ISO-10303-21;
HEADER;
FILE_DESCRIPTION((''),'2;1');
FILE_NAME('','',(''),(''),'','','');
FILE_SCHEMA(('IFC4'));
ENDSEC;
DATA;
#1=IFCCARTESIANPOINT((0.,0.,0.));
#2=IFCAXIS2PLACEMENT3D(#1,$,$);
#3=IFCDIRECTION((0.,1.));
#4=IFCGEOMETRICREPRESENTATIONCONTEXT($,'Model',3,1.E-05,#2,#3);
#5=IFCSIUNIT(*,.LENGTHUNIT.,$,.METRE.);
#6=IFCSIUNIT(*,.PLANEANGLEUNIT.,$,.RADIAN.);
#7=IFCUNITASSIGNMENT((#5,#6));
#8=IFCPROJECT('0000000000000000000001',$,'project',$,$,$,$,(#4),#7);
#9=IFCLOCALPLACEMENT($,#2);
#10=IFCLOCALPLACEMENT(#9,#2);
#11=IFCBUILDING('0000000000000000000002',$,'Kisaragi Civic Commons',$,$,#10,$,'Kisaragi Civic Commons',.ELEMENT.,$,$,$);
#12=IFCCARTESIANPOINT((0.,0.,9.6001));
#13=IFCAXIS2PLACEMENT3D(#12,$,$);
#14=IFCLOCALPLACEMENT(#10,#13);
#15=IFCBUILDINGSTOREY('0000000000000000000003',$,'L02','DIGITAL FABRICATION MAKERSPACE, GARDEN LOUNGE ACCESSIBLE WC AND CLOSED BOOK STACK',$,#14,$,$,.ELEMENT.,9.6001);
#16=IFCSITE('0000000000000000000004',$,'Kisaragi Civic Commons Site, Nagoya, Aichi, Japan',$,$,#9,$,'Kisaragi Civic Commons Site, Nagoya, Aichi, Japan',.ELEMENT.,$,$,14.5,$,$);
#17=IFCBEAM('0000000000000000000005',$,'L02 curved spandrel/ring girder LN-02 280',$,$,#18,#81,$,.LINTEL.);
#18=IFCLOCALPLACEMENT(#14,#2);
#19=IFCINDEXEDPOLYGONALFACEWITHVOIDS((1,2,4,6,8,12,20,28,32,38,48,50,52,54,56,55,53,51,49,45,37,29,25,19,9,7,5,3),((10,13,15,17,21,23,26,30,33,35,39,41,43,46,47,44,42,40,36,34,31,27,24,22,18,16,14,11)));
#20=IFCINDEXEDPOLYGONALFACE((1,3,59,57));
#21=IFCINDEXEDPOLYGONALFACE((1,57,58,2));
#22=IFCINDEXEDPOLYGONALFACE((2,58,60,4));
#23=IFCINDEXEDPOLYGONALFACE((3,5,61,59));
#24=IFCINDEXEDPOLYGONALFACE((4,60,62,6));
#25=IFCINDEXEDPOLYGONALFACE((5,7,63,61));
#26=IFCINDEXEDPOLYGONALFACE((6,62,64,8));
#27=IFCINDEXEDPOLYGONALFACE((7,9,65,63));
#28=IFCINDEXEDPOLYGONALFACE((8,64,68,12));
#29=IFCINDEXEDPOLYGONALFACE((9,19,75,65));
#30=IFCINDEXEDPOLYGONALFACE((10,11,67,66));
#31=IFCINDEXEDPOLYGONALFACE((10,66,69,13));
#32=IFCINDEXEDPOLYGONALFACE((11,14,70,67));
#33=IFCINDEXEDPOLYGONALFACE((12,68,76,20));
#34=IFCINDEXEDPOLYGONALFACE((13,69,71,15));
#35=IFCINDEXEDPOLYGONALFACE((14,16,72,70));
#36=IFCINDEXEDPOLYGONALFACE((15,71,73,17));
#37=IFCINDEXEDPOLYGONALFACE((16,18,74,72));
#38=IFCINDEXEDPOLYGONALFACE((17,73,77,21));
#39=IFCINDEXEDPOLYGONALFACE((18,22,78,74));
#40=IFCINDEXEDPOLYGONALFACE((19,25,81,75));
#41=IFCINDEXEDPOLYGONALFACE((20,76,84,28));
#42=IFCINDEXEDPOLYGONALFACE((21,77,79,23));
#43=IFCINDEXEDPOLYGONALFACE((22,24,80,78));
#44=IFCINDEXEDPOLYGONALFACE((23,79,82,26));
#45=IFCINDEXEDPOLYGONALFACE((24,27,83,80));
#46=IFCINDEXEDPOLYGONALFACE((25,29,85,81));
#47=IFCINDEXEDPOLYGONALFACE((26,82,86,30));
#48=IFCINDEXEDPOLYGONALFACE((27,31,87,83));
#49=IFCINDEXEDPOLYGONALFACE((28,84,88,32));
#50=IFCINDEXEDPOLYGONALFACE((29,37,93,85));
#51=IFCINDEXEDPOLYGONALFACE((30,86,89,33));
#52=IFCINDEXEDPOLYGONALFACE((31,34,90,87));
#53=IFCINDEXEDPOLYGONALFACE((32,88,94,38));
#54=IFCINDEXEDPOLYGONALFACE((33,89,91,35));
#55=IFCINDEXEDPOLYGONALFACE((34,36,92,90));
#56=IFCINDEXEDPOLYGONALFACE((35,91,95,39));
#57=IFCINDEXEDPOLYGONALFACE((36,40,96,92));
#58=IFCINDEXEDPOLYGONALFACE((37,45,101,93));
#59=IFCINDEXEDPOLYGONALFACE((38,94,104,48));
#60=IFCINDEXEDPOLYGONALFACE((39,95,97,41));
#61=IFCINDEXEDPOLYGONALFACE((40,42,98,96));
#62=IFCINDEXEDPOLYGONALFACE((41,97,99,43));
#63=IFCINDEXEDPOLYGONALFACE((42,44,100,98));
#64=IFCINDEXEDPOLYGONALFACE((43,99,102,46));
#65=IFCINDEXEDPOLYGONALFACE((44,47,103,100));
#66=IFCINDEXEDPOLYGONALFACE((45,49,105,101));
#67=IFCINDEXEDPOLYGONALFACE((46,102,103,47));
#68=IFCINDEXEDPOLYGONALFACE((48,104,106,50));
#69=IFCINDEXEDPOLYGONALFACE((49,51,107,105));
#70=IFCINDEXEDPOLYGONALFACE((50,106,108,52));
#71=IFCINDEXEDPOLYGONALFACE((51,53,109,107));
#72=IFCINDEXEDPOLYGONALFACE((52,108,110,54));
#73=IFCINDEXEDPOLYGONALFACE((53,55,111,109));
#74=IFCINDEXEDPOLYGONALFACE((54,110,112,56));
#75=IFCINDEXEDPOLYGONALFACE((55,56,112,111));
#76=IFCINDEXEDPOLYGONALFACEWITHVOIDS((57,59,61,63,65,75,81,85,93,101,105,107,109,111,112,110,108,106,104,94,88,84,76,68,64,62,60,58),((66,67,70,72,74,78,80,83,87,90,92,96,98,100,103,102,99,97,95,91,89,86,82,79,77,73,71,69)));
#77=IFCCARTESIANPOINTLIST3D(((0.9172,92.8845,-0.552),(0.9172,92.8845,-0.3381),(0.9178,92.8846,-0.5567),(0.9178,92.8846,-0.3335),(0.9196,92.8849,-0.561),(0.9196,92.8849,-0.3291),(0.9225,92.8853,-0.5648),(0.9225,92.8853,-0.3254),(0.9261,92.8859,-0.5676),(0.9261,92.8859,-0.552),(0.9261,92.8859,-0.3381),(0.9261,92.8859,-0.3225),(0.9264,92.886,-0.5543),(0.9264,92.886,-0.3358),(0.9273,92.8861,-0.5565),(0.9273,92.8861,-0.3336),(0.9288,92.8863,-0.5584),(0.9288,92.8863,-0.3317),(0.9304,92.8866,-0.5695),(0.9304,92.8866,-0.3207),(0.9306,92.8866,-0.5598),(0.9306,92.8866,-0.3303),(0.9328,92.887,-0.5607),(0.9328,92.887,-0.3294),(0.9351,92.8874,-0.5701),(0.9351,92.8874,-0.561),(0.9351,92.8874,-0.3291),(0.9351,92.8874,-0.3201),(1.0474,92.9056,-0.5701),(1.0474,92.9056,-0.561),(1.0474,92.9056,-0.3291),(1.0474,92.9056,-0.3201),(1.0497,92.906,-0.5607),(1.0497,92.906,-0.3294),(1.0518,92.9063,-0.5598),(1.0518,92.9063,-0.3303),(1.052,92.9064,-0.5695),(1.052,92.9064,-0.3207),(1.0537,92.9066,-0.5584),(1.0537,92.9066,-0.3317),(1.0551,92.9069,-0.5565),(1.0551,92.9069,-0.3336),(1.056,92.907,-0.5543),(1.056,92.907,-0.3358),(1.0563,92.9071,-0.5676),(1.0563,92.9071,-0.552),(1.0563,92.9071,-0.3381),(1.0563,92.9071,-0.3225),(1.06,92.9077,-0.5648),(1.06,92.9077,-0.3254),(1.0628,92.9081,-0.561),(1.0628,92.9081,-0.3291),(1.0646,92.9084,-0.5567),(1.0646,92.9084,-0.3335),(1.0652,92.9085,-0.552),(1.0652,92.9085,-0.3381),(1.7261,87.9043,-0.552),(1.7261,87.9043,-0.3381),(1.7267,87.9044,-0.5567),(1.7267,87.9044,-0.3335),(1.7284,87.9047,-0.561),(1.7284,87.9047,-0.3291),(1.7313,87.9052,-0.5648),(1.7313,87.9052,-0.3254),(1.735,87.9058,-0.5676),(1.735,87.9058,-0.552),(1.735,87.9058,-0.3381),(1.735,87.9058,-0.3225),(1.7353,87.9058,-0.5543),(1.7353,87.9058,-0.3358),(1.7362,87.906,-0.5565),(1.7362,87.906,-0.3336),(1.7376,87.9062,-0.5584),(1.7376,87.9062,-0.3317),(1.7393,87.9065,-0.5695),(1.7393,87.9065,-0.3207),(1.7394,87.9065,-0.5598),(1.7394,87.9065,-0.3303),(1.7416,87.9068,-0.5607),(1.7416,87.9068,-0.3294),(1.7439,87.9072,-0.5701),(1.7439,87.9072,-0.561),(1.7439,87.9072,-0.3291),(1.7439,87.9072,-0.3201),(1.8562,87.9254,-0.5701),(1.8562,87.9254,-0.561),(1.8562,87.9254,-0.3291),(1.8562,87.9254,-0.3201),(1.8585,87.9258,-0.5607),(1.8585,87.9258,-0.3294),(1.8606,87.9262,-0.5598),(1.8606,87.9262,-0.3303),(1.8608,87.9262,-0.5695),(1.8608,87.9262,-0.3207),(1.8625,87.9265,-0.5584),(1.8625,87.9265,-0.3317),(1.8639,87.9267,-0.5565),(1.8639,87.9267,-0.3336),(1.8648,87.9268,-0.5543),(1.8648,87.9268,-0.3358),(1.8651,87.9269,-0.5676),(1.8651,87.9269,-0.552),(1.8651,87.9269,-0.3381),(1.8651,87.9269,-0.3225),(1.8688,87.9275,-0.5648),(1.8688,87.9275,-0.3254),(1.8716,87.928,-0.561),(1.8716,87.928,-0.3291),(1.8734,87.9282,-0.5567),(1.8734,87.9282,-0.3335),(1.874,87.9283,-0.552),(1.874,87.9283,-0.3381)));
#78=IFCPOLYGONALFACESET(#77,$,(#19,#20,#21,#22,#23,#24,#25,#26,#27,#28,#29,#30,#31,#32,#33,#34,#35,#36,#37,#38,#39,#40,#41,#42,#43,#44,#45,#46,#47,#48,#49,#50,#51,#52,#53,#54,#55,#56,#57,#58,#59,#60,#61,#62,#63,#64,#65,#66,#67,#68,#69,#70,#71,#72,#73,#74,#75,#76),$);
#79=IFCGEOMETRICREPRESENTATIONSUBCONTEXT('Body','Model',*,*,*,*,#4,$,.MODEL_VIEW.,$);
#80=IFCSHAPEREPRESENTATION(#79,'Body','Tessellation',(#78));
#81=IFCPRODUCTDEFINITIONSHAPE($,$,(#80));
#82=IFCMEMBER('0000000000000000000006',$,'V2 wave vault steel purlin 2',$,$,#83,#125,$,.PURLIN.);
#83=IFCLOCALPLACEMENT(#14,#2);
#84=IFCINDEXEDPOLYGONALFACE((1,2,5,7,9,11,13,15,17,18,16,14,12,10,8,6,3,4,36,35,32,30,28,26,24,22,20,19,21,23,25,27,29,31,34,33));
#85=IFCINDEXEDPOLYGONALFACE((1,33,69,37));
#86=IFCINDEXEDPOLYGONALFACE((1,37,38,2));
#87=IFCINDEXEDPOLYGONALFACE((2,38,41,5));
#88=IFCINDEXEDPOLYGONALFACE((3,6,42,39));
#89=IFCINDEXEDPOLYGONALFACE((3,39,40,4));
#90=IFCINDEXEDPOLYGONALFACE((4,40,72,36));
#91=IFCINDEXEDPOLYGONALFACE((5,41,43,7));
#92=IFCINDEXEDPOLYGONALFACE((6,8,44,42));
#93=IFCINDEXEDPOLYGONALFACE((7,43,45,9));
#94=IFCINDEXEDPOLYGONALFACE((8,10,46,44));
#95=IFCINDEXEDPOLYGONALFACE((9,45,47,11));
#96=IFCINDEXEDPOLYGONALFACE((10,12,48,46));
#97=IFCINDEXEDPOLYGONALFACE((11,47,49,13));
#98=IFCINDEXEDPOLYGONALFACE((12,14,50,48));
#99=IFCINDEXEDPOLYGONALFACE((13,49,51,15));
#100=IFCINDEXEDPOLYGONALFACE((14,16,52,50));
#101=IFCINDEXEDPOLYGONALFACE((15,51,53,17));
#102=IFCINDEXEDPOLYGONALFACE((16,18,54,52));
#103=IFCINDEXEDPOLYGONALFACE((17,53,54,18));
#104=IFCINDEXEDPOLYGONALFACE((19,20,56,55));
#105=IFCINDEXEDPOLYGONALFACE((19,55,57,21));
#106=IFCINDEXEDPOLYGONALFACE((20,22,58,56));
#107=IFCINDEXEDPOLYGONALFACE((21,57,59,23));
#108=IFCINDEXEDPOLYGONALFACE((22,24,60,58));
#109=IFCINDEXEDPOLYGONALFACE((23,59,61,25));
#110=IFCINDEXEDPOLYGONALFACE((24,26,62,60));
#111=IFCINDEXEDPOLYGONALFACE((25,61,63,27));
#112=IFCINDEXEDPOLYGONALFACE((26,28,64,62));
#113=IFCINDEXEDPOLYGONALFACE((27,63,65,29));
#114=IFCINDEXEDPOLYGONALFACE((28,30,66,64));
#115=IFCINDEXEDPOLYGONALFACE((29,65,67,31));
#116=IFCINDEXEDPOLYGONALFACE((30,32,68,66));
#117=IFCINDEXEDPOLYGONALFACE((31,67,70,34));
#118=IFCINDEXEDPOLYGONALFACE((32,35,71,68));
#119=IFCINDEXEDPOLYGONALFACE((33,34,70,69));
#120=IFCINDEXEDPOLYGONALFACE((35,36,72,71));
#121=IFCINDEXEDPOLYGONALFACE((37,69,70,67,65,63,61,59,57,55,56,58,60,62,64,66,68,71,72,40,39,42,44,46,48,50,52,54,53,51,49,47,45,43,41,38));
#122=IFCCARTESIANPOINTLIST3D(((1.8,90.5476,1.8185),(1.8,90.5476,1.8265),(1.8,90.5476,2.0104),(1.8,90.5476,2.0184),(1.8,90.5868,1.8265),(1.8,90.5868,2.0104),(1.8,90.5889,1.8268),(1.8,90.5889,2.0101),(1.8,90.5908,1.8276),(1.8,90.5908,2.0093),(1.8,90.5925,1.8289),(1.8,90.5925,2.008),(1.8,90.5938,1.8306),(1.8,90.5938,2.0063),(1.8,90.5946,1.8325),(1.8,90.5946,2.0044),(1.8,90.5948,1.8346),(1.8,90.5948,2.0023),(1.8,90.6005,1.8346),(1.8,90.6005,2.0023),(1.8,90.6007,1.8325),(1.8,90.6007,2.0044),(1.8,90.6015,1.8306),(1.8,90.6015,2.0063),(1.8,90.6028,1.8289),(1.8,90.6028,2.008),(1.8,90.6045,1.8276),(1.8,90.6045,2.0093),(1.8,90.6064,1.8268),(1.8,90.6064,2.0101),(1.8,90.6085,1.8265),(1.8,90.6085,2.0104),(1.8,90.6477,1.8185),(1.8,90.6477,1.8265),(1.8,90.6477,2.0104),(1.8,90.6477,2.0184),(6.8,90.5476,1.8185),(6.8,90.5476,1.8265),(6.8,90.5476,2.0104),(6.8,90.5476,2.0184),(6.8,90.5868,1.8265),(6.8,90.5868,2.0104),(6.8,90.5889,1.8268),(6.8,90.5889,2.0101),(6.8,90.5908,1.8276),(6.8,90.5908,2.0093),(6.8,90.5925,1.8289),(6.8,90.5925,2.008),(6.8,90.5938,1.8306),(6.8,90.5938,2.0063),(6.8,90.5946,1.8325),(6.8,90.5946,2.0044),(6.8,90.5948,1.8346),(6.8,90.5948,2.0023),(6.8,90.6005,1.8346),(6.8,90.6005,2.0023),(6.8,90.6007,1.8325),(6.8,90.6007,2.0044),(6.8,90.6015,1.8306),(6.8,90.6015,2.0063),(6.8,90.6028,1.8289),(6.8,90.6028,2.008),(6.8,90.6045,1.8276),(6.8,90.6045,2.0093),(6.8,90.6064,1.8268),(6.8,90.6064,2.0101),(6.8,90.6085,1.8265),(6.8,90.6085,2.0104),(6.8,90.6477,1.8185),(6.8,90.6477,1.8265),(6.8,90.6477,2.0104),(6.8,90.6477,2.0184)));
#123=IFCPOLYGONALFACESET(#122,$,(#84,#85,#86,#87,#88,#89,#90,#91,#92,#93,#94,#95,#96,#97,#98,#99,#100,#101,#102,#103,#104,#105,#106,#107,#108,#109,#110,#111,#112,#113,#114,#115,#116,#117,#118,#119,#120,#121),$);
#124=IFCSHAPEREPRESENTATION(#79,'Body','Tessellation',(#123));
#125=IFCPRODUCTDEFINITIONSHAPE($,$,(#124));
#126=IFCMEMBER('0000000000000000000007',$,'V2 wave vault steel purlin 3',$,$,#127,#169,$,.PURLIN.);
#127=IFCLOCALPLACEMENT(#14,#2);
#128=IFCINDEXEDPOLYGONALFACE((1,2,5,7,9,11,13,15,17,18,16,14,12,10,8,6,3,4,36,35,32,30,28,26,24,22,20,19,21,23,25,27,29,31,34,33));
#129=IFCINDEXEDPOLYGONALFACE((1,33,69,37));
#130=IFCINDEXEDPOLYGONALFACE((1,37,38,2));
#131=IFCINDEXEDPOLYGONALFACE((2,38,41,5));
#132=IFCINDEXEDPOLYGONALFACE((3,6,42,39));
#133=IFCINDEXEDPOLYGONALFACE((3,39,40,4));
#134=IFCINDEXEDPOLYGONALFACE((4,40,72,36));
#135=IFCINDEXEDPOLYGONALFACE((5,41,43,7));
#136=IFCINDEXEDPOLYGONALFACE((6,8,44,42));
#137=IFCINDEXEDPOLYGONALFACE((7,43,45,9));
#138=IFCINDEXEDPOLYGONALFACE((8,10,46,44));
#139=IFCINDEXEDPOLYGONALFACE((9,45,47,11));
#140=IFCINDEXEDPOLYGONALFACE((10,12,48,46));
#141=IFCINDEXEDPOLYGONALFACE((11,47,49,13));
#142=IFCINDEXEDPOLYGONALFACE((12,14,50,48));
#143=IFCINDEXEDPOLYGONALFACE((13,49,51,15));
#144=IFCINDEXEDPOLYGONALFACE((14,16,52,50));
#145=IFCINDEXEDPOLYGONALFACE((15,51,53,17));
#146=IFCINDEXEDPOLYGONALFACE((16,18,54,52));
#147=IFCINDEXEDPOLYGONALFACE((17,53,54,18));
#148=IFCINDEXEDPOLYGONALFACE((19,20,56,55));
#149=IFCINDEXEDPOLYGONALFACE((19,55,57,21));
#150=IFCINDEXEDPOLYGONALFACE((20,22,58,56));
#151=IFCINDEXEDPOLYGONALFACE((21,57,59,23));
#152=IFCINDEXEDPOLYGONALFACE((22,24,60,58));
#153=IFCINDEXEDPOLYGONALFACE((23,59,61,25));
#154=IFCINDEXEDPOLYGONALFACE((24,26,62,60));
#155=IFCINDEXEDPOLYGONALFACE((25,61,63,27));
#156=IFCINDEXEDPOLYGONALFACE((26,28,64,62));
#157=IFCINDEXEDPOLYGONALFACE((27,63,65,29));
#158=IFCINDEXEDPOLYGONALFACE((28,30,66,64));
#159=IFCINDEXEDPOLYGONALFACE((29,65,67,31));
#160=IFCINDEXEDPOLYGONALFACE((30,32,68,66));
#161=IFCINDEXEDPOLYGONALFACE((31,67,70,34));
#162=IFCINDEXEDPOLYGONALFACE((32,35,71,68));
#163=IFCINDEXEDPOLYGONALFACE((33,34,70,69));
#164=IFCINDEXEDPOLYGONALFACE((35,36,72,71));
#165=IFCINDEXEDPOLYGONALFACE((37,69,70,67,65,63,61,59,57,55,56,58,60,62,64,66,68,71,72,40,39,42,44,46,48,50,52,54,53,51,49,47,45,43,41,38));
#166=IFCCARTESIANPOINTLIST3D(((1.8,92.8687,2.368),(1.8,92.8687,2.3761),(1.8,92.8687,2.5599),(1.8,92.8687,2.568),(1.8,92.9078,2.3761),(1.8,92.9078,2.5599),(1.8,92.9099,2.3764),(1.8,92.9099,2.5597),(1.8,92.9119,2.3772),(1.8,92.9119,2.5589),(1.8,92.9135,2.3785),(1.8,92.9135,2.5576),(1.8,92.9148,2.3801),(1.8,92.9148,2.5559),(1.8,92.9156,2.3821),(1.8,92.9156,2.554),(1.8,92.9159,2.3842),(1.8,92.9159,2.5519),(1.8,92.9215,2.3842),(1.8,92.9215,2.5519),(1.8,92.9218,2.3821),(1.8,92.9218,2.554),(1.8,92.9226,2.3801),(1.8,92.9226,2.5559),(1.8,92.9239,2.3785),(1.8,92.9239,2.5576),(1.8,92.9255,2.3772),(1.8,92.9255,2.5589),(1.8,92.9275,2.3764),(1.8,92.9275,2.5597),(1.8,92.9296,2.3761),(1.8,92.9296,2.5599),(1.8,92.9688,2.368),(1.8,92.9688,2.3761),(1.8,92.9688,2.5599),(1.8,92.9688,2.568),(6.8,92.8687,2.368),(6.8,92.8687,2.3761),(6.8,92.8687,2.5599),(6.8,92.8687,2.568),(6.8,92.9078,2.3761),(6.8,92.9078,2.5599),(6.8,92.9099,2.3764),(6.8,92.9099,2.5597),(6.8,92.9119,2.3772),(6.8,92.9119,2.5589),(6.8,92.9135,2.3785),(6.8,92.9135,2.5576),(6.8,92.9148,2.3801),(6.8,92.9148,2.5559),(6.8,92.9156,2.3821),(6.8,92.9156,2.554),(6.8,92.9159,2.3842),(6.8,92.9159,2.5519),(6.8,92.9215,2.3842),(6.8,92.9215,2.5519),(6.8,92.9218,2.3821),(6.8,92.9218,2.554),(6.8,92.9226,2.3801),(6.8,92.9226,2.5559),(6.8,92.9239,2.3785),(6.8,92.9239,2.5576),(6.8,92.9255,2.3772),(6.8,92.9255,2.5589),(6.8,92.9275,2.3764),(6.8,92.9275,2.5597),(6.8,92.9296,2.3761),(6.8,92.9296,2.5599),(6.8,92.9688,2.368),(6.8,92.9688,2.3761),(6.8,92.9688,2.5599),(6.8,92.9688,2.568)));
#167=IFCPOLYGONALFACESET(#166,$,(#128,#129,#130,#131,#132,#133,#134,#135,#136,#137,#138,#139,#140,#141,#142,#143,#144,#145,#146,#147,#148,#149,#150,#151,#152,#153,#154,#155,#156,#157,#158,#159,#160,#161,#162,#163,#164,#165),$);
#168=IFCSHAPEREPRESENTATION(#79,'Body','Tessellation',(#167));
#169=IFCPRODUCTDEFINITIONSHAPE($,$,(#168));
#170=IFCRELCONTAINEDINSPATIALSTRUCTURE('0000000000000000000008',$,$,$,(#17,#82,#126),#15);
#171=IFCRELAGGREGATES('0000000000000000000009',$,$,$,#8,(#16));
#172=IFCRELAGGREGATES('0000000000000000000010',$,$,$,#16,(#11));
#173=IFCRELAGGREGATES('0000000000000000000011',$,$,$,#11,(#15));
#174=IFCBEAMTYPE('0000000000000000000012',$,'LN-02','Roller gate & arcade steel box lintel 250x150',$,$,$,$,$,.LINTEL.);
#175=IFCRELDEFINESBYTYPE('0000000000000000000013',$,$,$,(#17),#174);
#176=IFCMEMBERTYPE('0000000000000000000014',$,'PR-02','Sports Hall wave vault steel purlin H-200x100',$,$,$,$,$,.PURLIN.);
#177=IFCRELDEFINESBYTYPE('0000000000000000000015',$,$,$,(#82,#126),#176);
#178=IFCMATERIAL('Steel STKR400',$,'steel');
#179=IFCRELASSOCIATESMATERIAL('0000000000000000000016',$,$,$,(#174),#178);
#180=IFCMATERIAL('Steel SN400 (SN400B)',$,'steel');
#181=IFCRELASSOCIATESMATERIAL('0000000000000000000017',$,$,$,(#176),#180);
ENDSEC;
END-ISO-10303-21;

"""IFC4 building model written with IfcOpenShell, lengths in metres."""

from ifc_helpers import new_model, si_unit, direction, frame, origin, origin_2d, place, context, subcontext, project, spatial, hollow_rectangle, i_section, extrude, material, material_profile, profile_set, type_object, element, save


model = new_model("IFC4")

# Units and contexts
model_context = context("Model", 3, precision=1e-05, world=origin(), true_north=direction((0.0, 1.0)))
body_context = subcontext(model_context, "Body", "Model", "MODEL_VIEW")
ifc_project = project(units=[si_unit("LENGTHUNIT", "METRE"), si_unit("PLANEANGLEUNIT", "RADIAN")], contexts=[model_context])

# Site, building, storey
site_placement = place(None, origin())
site = spatial("IfcSite", under=ifc_project, at=site_placement, Name="Kisaragi Civic Commons Site, Nagoya, Aichi, Japan", LongName="Kisaragi Civic Commons Site, Nagoya, Aichi, Japan", CompositionType="ELEMENT", RefElevation=14.5)
building_placement = place(site_placement, origin())
building = spatial("IfcBuilding", under=site, at=building_placement, Name="Kisaragi Civic Commons", LongName="Kisaragi Civic Commons", CompositionType="ELEMENT")
storey_placement = place(building_placement, frame((0.0, 0.0, 9.6001)))
storey = spatial("IfcBuildingStorey", under=building, at=storey_placement, Name="L02", Description="DIGITAL FABRICATION MAKERSPACE, GARDEN LOUNGE ACCESSIBLE WC AND CLOSED BOOK STACK", CompositionType="ELEMENT", Elevation=9.6001)

# Shared definitions
ifc_material_1 = material(Name="Steel SN400 (SN400B)", Category="steel")

# Beam
ifc_material_2 = material(Name="Steel STKR400", Category="steel")
ifc_material_profile_1 = material_profile(ifc_material_2, hollow_rectangle(XDim=0.1499, YDim=0.25, WallThickness=0.009, InnerFilletRadius=0.009, OuterFilletRadius=0.0181, at=origin_2d()), Name="STKR-250x150x9", Category="steel")
ifc_profile_set_1 = profile_set([ifc_material_profile_1], Name="Steel STKR400")
beam_type = type_object("IfcBeamType", Name="LN-02", Description="Roller gate & arcade steel box lintel 250x150", PredefinedType="LINTEL", material=ifc_profile_set_1)
beam_placement = place(storey_placement, frame((0.9912, 92.8965, -0.4451), z_axis=(0.160309, -0.987067, 0.0), x_axis=(0.987067, 0.160309, 0.0)))
element("IfcBeam", 1, at=beam_placement, inside=storey, type_object=beam_type, Name="L02 curved spandrel/ring girder LN-02 280", PredefinedType="LINTEL", context=body_context, shape_type="SweptSolid", body=[
    extrude(hollow_rectangle(XDim=0.1499, YDim=0.25, WallThickness=0.009, InnerFilletRadius=0.009, OuterFilletRadius=0.0181, at=origin_2d()), origin(), (0.0, 0.0, 1.0), 5.0454),
])

# Members
ifc_material_profile_2 = material_profile(ifc_material_1, i_section(OverallWidth=0.1001, OverallDepth=0.2, WebThickness=0.0056, FlangeThickness=0.0081, FilletRadius=0.0081, at=origin_2d()), Name="H-200x100x5.5x8", Category="steel")
ifc_profile_set_2 = profile_set([ifc_material_profile_2], Name="Steel SN400 (SN400B)")
member_type_1 = type_object("IfcMemberType", Name="PR-02", Description="Sports Hall wave vault steel purlin H-200x100", PredefinedType="PURLIN", material=ifc_profile_set_2)
for number, where, z_axis, x_axis, name in (
    (2, (1.8, 90.5977, 1.9185), (1.0, 0.0, 0.0), (0.0, 1.0, 0.0), "V2 wave vault steel purlin 2"),
    (3, (1.8, 92.9187, 2.468), (1.0, 0.0, 0.0), (0.0, 1.0, 0.0), "V2 wave vault steel purlin 3"),
):
    element("IfcMember", number, at=place(storey_placement, frame(where, z_axis=z_axis, x_axis=x_axis)), inside=storey, type_object=member_type_1, Name=name, PredefinedType="PURLIN", context=body_context, shape_type="SweptSolid", body=[
        extrude(i_section(OverallWidth=0.1001, OverallDepth=0.2, WebThickness=0.0056, FlangeThickness=0.0081, FilletRadius=0.0081, at=origin_2d()), origin(), (0.0, 0.0, 1.0), 5.0),
    ])

save(model, "model.ifc")
